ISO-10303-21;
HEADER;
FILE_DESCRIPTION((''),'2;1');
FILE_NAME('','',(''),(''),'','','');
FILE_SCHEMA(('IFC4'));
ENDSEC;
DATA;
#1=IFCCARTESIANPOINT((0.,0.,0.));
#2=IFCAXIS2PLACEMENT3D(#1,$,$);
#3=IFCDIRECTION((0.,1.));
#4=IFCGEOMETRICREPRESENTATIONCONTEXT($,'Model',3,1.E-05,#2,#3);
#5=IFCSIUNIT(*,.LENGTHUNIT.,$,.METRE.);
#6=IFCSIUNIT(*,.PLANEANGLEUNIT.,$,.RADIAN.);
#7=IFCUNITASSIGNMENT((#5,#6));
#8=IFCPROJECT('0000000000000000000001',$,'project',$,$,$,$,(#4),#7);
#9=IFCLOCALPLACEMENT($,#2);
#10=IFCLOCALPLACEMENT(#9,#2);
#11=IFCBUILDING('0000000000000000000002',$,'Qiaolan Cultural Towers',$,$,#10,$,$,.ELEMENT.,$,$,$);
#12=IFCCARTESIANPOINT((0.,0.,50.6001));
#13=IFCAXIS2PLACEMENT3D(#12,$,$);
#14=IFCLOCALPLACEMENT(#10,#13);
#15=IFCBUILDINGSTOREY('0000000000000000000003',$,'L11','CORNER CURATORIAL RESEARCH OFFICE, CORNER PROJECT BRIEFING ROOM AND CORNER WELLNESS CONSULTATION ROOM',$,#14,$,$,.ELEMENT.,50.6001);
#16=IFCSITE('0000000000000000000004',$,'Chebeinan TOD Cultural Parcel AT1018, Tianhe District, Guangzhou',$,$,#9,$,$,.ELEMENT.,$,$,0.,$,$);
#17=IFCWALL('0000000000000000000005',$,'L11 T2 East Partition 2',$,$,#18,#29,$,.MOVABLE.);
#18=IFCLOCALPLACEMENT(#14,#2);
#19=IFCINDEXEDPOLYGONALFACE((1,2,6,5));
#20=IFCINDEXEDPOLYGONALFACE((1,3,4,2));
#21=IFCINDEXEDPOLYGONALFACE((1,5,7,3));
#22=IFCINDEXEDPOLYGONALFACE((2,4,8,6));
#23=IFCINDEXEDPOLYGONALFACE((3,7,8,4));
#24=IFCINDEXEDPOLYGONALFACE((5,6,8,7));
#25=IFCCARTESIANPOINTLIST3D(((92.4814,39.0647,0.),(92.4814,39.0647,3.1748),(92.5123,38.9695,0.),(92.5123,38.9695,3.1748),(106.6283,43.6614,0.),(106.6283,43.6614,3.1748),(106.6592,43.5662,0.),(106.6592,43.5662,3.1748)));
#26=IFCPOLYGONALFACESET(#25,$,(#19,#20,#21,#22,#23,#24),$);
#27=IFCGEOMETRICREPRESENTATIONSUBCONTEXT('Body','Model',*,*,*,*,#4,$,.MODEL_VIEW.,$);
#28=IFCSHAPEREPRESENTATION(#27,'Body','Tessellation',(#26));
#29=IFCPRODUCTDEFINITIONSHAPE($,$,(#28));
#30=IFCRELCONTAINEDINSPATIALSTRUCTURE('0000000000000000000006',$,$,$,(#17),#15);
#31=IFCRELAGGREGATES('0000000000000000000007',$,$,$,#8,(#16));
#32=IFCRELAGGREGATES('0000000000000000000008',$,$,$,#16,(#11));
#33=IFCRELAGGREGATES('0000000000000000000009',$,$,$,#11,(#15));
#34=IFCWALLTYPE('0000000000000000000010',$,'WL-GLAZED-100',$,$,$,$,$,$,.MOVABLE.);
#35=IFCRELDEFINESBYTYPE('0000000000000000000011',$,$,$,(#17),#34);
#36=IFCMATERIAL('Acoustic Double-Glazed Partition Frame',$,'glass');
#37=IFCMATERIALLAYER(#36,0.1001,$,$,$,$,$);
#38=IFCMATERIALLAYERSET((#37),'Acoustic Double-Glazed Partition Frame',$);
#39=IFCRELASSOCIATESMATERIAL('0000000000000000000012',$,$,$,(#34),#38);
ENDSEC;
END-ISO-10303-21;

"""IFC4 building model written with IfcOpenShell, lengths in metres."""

from ifc_helpers import new_model, si_unit, direction, frame, frame_2d, origin, place, context, subcontext, project, spatial, rectangle, extrude, material, layer, layer_set, type_object, element, save


model = new_model("IFC4")

# Units and contexts
model_context = context("Model", 3, precision=1e-05, world=origin(), true_north=direction((0.0, 1.0)))
body_context = subcontext(model_context, "Body", "Model", "MODEL_VIEW")
ifc_project = project(units=[si_unit("LENGTHUNIT", "METRE"), si_unit("PLANEANGLEUNIT", "RADIAN")], contexts=[model_context])

# Site, building, storey
site_placement = place(None, origin())
site = spatial("IfcSite", under=ifc_project, at=site_placement, Name="Chebeinan TOD Cultural Parcel AT1018, Tianhe District, Guangzhou", CompositionType="ELEMENT", RefElevation=0.0)
building_placement = place(site_placement, origin())
building = spatial("IfcBuilding", under=site, at=building_placement, Name="Qiaolan Cultural Towers", CompositionType="ELEMENT")
storey_placement = place(building_placement, frame((0.0, 0.0, 50.6001)))
storey = spatial("IfcBuildingStorey", under=building, at=storey_placement, Name="L11", Description="CORNER CURATORIAL RESEARCH OFFICE, CORNER PROJECT BRIEFING ROOM AND CORNER WELLNESS CONSULTATION ROOM", CompositionType="ELEMENT", Elevation=50.6001)

# Shared definitions
ifc_material_1 = material(Name="Acoustic Double-Glazed Partition Frame", Category="glass")
ifc_layer = layer(ifc_material_1, 0.1001)
ifc_layer_set = layer_set([ifc_layer], Name="Acoustic Double-Glazed Partition Frame")
wall_type = type_object("IfcWallType", Name="WL-GLAZED-100", PredefinedType="MOVABLE", material=ifc_layer_set)

# Wall
for number, where, z_axis, x_axis, name in (
    (1, (92.4968, 39.0171, 0.0), (0.0, 0.0, 1.0), (0.951056, 0.30902, 0.0), "L11 T2 East Partition 2"),
):
    element("IfcWall", number, at=place(storey_placement, frame(where, z_axis=z_axis, x_axis=x_axis)), inside=storey, type_object=wall_type, Name=name, PredefinedType="MOVABLE", context=body_context, shape_type="SweptSolid", body=[
        extrude(rectangle(XDim=14.875, YDim=0.1001, at=frame_2d((7.4375, 0.0))), origin(), (0.0, 0.0, 1.0), 3.1748),
    ])

save(model, "model.ifc")
